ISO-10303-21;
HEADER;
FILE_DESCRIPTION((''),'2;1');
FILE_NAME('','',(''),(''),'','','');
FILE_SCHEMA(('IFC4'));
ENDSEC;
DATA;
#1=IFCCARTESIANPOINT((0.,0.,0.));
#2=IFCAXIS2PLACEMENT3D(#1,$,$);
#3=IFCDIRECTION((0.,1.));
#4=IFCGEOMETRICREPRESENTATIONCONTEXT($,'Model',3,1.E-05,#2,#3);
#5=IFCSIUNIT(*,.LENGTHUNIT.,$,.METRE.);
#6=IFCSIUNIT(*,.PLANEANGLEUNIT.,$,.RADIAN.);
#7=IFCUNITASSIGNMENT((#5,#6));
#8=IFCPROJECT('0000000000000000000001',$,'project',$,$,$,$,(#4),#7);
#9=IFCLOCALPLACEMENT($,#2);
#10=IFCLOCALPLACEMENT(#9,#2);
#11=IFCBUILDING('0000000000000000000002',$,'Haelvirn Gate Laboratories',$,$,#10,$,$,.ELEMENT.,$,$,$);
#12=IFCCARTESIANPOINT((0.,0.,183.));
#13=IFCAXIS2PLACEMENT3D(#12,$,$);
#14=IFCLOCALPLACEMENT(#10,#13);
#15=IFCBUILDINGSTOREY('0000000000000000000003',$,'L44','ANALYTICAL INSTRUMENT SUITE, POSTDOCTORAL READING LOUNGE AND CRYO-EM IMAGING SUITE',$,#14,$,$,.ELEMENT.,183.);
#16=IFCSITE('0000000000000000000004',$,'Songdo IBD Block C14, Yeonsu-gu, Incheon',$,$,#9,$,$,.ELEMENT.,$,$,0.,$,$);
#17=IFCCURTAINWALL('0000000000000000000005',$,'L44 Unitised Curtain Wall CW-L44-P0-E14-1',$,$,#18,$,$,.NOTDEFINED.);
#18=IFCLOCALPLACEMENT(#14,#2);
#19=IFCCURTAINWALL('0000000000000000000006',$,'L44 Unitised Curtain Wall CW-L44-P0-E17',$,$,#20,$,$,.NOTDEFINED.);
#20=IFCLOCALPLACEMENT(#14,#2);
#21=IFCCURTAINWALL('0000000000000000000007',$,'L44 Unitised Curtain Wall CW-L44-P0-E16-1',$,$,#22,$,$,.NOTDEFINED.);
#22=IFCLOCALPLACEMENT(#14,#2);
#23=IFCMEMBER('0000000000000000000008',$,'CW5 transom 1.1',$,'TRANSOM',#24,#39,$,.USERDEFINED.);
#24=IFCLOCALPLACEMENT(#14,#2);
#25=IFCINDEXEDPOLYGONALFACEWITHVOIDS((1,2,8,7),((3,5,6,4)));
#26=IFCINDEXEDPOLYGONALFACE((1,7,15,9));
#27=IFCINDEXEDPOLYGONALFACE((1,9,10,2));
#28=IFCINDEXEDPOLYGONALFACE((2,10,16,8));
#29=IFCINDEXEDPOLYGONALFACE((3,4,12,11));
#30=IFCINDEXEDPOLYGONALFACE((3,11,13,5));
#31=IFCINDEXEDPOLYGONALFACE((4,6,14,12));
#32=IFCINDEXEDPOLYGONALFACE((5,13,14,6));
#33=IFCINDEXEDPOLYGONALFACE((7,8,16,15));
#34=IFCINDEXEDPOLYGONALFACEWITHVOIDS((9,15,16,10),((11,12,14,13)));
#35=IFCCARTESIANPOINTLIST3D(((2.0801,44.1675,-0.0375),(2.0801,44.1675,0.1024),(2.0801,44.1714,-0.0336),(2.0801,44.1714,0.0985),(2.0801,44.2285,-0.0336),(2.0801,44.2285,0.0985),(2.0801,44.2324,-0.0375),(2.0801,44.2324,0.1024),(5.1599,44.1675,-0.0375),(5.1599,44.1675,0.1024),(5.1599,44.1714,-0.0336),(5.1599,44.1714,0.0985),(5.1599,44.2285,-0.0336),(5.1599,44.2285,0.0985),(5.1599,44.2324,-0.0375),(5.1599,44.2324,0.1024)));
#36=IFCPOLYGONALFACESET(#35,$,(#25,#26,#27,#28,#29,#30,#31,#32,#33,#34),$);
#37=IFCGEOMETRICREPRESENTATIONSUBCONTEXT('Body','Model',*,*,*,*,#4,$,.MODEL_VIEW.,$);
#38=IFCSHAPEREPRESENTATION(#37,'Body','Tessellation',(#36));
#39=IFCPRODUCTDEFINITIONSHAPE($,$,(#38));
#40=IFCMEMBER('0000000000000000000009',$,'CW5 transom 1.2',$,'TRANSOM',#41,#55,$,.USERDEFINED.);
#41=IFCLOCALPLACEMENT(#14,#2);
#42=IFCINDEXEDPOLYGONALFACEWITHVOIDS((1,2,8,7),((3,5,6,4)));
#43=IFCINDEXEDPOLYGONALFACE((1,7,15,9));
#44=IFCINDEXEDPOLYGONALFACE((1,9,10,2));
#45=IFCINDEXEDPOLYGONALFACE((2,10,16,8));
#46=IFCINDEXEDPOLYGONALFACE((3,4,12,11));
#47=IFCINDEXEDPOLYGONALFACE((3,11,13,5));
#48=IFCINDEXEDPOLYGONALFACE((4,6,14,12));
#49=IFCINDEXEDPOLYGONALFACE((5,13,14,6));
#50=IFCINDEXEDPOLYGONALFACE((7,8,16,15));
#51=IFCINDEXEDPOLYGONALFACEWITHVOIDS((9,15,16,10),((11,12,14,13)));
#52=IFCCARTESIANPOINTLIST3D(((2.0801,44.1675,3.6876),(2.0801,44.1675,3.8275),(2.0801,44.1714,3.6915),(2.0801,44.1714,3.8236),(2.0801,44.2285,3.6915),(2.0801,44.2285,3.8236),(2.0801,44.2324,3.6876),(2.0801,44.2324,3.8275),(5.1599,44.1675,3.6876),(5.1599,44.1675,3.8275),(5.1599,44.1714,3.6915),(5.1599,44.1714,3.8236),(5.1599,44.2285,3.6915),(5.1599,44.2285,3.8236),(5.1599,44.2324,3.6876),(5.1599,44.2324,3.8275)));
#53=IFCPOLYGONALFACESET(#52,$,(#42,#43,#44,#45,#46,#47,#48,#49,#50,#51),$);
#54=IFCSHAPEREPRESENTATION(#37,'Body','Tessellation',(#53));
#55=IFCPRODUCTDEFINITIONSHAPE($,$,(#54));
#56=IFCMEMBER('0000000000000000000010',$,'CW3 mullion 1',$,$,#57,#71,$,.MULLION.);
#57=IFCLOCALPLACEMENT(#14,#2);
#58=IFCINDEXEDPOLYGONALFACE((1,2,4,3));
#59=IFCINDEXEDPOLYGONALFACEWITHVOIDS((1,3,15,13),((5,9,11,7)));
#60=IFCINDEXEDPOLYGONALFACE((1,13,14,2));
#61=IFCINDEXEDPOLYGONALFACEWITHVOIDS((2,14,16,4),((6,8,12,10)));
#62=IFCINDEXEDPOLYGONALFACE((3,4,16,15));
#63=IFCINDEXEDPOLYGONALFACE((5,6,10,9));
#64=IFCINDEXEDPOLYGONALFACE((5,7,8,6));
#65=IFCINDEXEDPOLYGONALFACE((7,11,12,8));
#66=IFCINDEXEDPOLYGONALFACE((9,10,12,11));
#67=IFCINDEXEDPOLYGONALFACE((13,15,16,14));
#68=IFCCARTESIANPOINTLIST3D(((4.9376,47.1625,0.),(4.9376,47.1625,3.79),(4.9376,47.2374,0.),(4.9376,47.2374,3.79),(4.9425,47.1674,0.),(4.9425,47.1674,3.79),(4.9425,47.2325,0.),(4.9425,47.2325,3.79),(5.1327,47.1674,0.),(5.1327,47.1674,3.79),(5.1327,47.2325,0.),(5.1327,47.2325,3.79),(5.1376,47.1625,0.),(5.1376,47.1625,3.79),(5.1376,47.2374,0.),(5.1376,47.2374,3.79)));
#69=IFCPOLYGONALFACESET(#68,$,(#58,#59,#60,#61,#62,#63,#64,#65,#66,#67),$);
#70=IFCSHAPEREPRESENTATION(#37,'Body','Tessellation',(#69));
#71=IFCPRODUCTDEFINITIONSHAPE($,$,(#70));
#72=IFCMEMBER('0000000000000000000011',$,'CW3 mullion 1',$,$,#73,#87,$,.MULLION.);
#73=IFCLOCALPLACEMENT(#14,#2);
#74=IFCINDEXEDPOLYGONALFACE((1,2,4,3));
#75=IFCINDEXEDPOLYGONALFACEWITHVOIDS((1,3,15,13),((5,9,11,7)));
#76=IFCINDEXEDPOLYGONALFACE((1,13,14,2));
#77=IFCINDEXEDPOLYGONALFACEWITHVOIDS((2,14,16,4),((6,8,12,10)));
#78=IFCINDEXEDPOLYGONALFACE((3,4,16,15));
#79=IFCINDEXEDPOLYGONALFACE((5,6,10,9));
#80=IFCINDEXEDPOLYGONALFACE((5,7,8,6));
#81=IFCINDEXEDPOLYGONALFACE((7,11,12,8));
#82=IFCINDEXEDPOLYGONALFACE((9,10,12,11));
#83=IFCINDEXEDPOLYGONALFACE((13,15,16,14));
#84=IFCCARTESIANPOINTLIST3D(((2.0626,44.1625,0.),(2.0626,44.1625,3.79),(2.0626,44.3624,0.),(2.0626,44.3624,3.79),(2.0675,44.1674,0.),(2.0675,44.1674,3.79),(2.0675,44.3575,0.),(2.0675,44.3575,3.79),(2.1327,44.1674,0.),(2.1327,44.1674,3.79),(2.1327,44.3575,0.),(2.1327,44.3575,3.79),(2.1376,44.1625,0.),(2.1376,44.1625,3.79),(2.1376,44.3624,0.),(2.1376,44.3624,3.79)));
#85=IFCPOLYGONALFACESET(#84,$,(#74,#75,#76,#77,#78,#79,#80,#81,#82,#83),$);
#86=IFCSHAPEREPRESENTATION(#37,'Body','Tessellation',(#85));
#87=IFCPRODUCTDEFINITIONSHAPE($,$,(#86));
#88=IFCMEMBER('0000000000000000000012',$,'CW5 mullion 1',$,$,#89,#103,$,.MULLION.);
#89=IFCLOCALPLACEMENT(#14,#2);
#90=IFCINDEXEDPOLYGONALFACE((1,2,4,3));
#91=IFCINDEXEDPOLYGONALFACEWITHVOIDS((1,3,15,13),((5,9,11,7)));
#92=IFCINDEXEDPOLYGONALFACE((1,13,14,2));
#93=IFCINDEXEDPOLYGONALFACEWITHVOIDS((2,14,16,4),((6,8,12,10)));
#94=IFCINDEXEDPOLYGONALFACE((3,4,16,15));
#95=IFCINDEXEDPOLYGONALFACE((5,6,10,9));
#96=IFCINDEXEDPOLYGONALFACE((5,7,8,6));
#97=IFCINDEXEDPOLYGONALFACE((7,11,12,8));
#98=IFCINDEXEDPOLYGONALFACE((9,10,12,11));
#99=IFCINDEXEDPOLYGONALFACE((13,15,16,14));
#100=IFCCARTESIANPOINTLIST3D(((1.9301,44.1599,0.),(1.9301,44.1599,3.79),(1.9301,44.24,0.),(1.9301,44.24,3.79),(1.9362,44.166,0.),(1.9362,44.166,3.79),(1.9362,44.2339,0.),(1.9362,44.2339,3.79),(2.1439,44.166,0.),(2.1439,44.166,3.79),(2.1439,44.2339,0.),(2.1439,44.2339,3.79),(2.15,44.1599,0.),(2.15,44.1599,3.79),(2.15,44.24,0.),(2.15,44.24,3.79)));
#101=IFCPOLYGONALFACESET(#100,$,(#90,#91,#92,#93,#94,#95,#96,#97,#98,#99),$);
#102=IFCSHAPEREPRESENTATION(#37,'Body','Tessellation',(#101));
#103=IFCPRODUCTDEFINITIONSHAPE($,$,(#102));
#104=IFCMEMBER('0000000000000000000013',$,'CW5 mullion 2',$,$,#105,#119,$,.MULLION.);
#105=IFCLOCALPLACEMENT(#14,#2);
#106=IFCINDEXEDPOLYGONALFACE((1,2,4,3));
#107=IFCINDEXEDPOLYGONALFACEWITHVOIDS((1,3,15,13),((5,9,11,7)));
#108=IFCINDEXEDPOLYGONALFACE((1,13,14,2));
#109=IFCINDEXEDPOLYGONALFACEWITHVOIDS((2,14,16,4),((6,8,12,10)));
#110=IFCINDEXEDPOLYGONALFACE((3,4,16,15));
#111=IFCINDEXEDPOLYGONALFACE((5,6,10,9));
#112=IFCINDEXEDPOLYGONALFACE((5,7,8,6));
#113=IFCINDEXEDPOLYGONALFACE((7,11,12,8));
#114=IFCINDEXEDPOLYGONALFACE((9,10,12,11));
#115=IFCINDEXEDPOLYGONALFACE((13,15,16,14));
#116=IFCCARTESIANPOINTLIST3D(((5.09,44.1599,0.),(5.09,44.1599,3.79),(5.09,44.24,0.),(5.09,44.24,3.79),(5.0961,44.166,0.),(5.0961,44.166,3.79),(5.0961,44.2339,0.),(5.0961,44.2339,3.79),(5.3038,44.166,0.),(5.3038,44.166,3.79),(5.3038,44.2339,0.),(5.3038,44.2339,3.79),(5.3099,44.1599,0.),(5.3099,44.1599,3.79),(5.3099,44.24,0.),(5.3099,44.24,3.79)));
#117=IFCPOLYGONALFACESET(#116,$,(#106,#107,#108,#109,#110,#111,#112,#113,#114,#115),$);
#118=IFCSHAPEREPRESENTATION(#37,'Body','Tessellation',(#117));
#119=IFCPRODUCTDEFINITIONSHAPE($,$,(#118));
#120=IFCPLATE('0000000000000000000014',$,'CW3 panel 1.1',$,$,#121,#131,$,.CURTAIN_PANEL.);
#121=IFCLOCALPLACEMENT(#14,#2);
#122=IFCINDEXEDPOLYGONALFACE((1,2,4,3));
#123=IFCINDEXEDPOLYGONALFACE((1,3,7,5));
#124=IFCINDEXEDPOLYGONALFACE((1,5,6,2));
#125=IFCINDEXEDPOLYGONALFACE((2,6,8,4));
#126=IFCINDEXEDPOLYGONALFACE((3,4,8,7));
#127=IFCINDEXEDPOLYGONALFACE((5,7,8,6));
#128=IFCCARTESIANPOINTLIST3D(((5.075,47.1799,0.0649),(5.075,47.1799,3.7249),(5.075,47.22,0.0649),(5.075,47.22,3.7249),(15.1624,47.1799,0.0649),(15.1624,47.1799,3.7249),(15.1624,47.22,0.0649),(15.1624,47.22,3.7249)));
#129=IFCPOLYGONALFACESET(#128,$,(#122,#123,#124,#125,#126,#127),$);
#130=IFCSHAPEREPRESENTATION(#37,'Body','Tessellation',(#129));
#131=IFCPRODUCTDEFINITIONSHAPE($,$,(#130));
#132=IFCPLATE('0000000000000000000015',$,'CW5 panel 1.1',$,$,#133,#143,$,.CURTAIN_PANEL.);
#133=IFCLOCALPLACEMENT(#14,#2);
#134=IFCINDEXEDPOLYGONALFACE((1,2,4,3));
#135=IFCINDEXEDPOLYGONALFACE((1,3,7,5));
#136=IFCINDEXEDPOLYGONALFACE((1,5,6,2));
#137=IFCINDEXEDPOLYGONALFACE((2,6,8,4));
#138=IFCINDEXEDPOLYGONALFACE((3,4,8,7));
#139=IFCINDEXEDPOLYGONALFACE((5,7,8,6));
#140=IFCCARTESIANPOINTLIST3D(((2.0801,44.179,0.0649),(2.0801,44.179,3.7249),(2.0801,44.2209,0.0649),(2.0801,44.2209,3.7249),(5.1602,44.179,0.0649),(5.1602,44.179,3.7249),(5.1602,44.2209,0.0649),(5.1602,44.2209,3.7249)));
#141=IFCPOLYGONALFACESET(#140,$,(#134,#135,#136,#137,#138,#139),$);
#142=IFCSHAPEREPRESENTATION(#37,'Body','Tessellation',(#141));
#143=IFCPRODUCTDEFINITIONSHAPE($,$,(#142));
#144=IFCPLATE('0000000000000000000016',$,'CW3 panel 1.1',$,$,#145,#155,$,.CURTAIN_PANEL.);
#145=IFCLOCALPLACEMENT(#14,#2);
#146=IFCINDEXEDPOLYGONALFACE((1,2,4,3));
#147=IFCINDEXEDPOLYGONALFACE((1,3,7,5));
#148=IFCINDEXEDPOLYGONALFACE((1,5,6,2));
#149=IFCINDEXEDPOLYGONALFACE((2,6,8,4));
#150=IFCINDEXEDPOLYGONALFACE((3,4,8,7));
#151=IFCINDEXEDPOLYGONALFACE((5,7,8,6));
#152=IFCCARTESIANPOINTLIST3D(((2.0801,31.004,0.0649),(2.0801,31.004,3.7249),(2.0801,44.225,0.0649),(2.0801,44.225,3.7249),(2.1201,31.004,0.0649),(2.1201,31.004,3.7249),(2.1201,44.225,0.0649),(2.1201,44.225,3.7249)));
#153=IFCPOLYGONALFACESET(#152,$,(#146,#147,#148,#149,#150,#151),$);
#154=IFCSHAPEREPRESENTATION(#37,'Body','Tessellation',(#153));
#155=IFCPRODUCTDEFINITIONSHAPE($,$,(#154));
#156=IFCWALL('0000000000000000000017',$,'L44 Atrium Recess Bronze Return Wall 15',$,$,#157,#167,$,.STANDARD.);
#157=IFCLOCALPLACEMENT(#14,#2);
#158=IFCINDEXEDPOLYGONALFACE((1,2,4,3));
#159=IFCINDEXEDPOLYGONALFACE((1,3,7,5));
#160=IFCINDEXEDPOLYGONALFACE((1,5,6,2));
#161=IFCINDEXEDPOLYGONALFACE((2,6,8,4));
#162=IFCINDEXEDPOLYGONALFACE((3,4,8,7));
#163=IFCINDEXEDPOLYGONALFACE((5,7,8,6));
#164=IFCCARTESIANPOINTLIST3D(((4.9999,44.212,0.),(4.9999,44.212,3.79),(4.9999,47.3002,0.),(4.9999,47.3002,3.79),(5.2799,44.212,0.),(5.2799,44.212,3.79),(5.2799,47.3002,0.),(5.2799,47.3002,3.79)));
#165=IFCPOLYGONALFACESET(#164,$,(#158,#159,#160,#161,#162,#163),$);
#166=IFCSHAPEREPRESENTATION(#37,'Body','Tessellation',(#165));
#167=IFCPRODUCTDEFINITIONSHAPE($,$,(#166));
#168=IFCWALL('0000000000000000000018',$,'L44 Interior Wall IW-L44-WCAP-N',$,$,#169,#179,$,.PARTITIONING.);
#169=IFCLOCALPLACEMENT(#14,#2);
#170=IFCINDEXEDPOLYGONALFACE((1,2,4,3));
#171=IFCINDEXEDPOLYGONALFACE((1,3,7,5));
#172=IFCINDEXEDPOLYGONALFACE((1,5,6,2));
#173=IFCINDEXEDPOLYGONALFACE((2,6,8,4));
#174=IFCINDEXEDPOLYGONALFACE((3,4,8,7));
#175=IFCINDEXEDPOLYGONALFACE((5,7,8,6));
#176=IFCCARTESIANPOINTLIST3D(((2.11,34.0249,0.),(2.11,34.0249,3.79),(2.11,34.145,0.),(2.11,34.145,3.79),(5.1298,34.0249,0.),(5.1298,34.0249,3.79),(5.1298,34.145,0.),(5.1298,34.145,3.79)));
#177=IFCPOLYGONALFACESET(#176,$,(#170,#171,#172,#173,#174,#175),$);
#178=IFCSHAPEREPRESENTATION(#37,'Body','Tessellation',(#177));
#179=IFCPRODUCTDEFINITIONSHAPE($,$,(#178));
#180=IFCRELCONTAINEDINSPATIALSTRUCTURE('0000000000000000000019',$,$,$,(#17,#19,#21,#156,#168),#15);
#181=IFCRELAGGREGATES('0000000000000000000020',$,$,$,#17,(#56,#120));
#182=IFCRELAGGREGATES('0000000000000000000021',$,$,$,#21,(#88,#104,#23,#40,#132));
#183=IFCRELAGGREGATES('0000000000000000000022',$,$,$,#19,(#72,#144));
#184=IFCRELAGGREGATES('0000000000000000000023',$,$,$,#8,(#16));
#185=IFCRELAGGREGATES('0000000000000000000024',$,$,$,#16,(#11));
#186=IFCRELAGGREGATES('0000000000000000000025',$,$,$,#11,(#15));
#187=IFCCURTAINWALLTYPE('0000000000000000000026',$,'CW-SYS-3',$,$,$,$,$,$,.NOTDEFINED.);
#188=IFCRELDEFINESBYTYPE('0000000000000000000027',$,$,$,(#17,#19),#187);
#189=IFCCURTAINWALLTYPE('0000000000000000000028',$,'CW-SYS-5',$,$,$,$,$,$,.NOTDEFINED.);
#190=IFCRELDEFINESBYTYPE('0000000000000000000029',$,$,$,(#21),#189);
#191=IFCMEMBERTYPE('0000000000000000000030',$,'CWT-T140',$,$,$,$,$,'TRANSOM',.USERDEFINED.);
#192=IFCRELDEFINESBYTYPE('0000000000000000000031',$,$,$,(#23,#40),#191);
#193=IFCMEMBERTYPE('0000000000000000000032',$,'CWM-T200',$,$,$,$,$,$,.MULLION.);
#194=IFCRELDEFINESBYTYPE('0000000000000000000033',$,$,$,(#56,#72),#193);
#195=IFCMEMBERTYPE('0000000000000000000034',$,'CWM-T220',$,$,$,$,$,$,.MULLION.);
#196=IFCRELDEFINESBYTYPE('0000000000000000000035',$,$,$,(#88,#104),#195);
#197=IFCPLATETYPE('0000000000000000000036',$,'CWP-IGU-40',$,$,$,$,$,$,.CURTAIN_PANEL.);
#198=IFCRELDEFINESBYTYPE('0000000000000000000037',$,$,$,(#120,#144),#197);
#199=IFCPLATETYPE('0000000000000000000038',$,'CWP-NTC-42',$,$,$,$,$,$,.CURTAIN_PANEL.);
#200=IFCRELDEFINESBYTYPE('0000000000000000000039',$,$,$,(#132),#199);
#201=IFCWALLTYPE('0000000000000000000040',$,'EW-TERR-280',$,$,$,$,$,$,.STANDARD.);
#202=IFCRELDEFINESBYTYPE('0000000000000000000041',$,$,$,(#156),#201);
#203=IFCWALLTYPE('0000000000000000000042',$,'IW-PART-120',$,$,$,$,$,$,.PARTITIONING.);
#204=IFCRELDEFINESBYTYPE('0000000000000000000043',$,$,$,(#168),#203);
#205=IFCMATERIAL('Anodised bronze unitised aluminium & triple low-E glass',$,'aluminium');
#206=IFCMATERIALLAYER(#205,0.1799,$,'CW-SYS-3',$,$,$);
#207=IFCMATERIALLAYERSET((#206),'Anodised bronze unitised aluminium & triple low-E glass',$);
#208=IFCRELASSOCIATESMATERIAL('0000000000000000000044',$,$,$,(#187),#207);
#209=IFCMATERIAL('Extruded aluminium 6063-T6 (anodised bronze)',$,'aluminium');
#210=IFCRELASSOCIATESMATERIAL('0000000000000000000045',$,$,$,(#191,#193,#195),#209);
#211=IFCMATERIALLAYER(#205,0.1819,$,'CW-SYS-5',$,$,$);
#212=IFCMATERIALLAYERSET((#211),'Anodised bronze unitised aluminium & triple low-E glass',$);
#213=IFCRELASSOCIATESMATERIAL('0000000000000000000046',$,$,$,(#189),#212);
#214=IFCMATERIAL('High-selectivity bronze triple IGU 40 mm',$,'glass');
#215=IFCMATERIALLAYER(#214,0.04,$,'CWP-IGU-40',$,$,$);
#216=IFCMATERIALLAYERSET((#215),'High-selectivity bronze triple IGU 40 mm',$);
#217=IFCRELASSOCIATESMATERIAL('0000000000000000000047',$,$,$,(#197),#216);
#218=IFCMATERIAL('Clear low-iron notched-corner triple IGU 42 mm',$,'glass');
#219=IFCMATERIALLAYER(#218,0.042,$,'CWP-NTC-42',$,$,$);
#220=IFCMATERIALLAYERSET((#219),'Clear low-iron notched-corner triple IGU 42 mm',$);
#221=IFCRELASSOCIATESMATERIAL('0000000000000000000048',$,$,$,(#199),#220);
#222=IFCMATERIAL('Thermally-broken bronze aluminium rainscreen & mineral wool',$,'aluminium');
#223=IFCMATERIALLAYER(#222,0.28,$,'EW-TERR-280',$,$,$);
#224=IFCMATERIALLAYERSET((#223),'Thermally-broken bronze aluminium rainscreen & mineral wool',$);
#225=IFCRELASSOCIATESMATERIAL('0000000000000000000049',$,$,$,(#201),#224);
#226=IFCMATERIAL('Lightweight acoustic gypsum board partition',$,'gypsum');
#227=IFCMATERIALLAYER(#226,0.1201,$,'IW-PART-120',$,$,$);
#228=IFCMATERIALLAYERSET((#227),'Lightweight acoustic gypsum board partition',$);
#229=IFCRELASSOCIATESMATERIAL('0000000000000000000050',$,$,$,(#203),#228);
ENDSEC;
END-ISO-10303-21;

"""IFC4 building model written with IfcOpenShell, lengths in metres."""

from ifc_helpers import new_model, si_unit, direction, frame, frame_2d, origin, origin_2d, place, context, subcontext, project, spatial, rectangle, hollow_rectangle, extrude, source, transform, mapped, material, layer, layer_set, material_profile, profile_set, type_object, type_shapes, element, aggregate, save


model = new_model("IFC4")

# Units and contexts
model_context = context("Model", 3, precision=1e-05, world=origin(), true_north=direction((0.0, 1.0)))
body_context = subcontext(model_context, "Body", "Model", "MODEL_VIEW")
ifc_project = project(units=[si_unit("LENGTHUNIT", "METRE"), si_unit("PLANEANGLEUNIT", "RADIAN")], contexts=[model_context])

# Site, building, storey
site_placement = place(None, origin())
site = spatial("IfcSite", under=ifc_project, at=site_placement, Name="Songdo IBD Block C14, Yeonsu-gu, Incheon", CompositionType="ELEMENT", RefElevation=0.0)
building_placement = place(site_placement, origin())
building = spatial("IfcBuilding", under=site, at=building_placement, Name="Haelvirn Gate Laboratories", CompositionType="ELEMENT")
storey_placement = place(building_placement, frame((0.0, 0.0, 183.0)))
storey = spatial("IfcBuildingStorey", under=building, at=storey_placement, Name="L44", Description="ANALYTICAL INSTRUMENT SUITE, POSTDOCTORAL READING LOUNGE AND CRYO-EM IMAGING SUITE", CompositionType="ELEMENT", Elevation=183.0)

# Curtain walls, members
ifc_material_1 = material(Name="Anodised bronze unitised aluminium & triple low-E glass", Category="aluminium")
ifc_layer_1 = layer(ifc_material_1, 0.1799, Name="CW-SYS-3")
ifc_layer_set_1 = layer_set([ifc_layer_1], Name="Anodised bronze unitised aluminium & triple low-E glass")
curtain_wall_type_1 = type_object("IfcCurtainWallType", Name="CW-SYS-3", PredefinedType="NOTDEFINED", material=ifc_layer_set_1)
curtain_wall_1_placement = place(storey_placement, origin())
curtain_wall_1 = element("IfcCurtainWall", 1, at=curtain_wall_1_placement, inside=storey, type_object=curtain_wall_type_1, Name="L44 Unitised Curtain Wall CW-L44-P0-E14-1", PredefinedType="NOTDEFINED")
ifc_material_2 = material(Name="Extruded aluminium 6063-T6 (anodised bronze)", Category="aluminium")
ifc_material_profile_1 = material_profile(ifc_material_2, hollow_rectangle(XDim=0.0649, YDim=0.1399, WallThickness=0.0039, at=origin_2d()), Name="CWT-140x65x4")
ifc_profile_set_1 = profile_set([ifc_material_profile_1], Name="Extruded aluminium 6063-T6 (anodised bronze)")
member_type_1 = type_object("IfcMemberType", Name="CWT-T140", ElementType="TRANSOM", PredefinedType="USERDEFINED", material=ifc_profile_set_1)
curtain_wall_2_placement = place(storey_placement, origin())
curtain_wall_2 = element("IfcCurtainWall", 2, at=curtain_wall_2_placement, inside=storey, type_object=curtain_wall_type_1, Name="L44 Unitised Curtain Wall CW-L44-P0-E17", PredefinedType="NOTDEFINED")
ifc_layer_2 = layer(ifc_material_1, 0.1819, Name="CW-SYS-5")
ifc_layer_set_2 = layer_set([ifc_layer_2], Name="Anodised bronze unitised aluminium & triple low-E glass")
curtain_wall_type_2 = type_object("IfcCurtainWallType", Name="CW-SYS-5", PredefinedType="NOTDEFINED", material=ifc_layer_set_2)
curtain_wall_3_placement = place(storey_placement, origin())
curtain_wall_3 = element("IfcCurtainWall", 3, at=curtain_wall_3_placement, inside=storey, type_object=curtain_wall_type_2, Name="L44 Unitised Curtain Wall CW-L44-P0-E16-1", PredefinedType="NOTDEFINED")
shared_shape_1 = source(origin(), body_context, "Body", "SweptSolid", [
    extrude(hollow_rectangle(XDim=0.0649, YDim=0.1399, WallThickness=0.0039, at=origin_2d()), origin(), (0.0, 0.0, 1.0), 3.0798),
])
member_1_placement = place(storey_placement, frame((2.0801, 44.2, 0.0325), z_axis=(1.0, 0.0, 0.0), x_axis=(0.0, 1.0, 0.0)))
member_1 = element("IfcMember", 4, at=member_1_placement, type_object=member_type_1, Name="CW5 transom 1.1", ObjectType="TRANSOM", PredefinedType="USERDEFINED", context=body_context, shape_type="MappedRepresentation", body=[
    mapped(shared_shape_1, transform((0.0, 0.0, 0.0), scale=1.0)),
])
member_2_placement = place(storey_placement, frame((2.0801, 44.2, 3.7576), z_axis=(1.0, 0.0, 0.0), x_axis=(0.0, 1.0, 0.0)))
member_2 = element("IfcMember", 5, at=member_2_placement, type_object=member_type_1, Name="CW5 transom 1.2", ObjectType="TRANSOM", PredefinedType="USERDEFINED", context=body_context, shape_type="MappedRepresentation", body=[
    mapped(shared_shape_1, transform((0.0, 0.0, 0.0), scale=1.0)),
])

# Members
ifc_material_profile_2 = material_profile(ifc_material_2, hollow_rectangle(XDim=0.075, YDim=0.2, WallThickness=0.0049, at=origin_2d()), Name="CWM-200x75x5")
ifc_profile_set_2 = profile_set([ifc_material_profile_2], Name="Extruded aluminium 6063-T6 (anodised bronze)")
member_type_2 = type_object("IfcMemberType", Name="CWM-T200", PredefinedType="MULLION", material=ifc_profile_set_2)
shared_shape_2 = source(origin(), body_context, "Body", "SweptSolid", [
    extrude(hollow_rectangle(XDim=0.075, YDim=0.2, WallThickness=0.0049, at=origin_2d()), origin(), (0.0, 0.0, 1.0), 3.79),
])
type_shapes(member_type_2, [shared_shape_2])
member_3_placement = place(storey_placement, frame((5.0376, 47.2, 0.0), z_axis=(0.0, 0.0, 1.0), x_axis=(0.0, 1.0, 0.0)))
member_3 = element("IfcMember", 6, at=member_3_placement, type_object=member_type_2, Name="CW3 mullion 1", PredefinedType="MULLION", context=body_context, shape_type="MappedRepresentation", body=[
    mapped(shared_shape_2, transform((0.0, 0.0, 0.0), scale=1.0)),
])
member_4_placement = place(storey_placement, frame((2.1001, 44.2625, 0.0), z_axis=(0.0, 0.0, 1.0), x_axis=(1.0, 0.0, 0.0)))
member_4 = element("IfcMember", 7, at=member_4_placement, type_object=member_type_2, Name="CW3 mullion 1", PredefinedType="MULLION", context=body_context, shape_type="MappedRepresentation", body=[
    mapped(shared_shape_2, transform((0.0, 0.0, 0.0), scale=1.0)),
])
ifc_material_profile_3 = material_profile(ifc_material_2, hollow_rectangle(XDim=0.0801, YDim=0.22, WallThickness=0.0061, at=origin_2d()), Name="CWM-220x80x6")
ifc_profile_set_3 = profile_set([ifc_material_profile_3], Name="Extruded aluminium 6063-T6 (anodised bronze)")
member_type_3 = type_object("IfcMemberType", Name="CWM-T220", PredefinedType="MULLION", material=ifc_profile_set_3)
shared_shape_3 = source(origin(), body_context, "Body", "SweptSolid", [
    extrude(hollow_rectangle(XDim=0.0801, YDim=0.22, WallThickness=0.0061, at=origin_2d()), origin(), (0.0, 0.0, 1.0), 3.79),
])
type_shapes(member_type_3, [shared_shape_3])
member_5_placement = place(storey_placement, frame((2.04, 44.2, 0.0), z_axis=(0.0, 0.0, 1.0), x_axis=(0.0, 1.0, 0.0)))
member_5 = element("IfcMember", 8, at=member_5_placement, type_object=member_type_3, Name="CW5 mullion 1", PredefinedType="MULLION", context=body_context, shape_type="MappedRepresentation", body=[
    mapped(shared_shape_3, transform((0.0, 0.0, 0.0), scale=1.0)),
])
member_6_placement = place(storey_placement, frame((5.2, 44.2, 0.0), z_axis=(0.0, 0.0, 1.0), x_axis=(0.0, 1.0, 0.0)))
member_6 = element("IfcMember", 9, at=member_6_placement, type_object=member_type_3, Name="CW5 mullion 2", PredefinedType="MULLION", context=body_context, shape_type="MappedRepresentation", body=[
    mapped(shared_shape_3, transform((0.0, 0.0, 0.0), scale=1.0)),
])

# Plates
ifc_material_3 = material(Name="High-selectivity bronze triple IGU 40 mm", Category="glass")
ifc_layer_3 = layer(ifc_material_3, 0.04, Name="CWP-IGU-40")
ifc_layer_set_3 = layer_set([ifc_layer_3], Name="High-selectivity bronze triple IGU 40 mm")
plate_type_1 = type_object("IfcPlateType", Name="CWP-IGU-40", PredefinedType="CURTAIN_PANEL", material=ifc_layer_set_3)
shared_shape_4 = source(origin(), body_context, "Body", "SweptSolid", [
    extrude(rectangle(XDim=10.0874, YDim=0.04, at=origin_2d()), origin(), (0.0, 0.0, 1.0), 3.6599),
])
plate_1_placement = place(storey_placement, frame((10.1187, 47.2, 0.0649), z_axis=(0.0, 0.0, 1.0), x_axis=(1.0, 0.0, 0.0)))
plate_1 = element("IfcPlate", 10, at=plate_1_placement, type_object=plate_type_1, Name="CW3 panel 1.1", PredefinedType="CURTAIN_PANEL", context=body_context, shape_type="MappedRepresentation", body=[
    mapped(shared_shape_4, transform((0.0, 0.0, 0.0), scale=1.0)),
])
aggregate(curtain_wall_1, [member_3, plate_1])
ifc_material_4 = material(Name="Clear low-iron notched-corner triple IGU 42 mm", Category="glass")
ifc_layer_4 = layer(ifc_material_4, 0.042, Name="CWP-NTC-42")
ifc_layer_set_4 = layer_set([ifc_layer_4], Name="Clear low-iron notched-corner triple IGU 42 mm")
plate_type_2 = type_object("IfcPlateType", Name="CWP-NTC-42", PredefinedType="CURTAIN_PANEL", material=ifc_layer_set_4)
shared_shape_5 = source(origin(), body_context, "Body", "SweptSolid", [
    extrude(rectangle(XDim=3.0801, YDim=0.042, at=origin_2d()), origin(), (0.0, 0.0, 1.0), 3.6599),
])
type_shapes(plate_type_2, [shared_shape_5])
plate_2_placement = place(storey_placement, frame((3.6201, 44.2, 0.0649), z_axis=(0.0, 0.0, 1.0), x_axis=(1.0, 0.0, 0.0)))
plate_2 = element("IfcPlate", 11, at=plate_2_placement, type_object=plate_type_2, Name="CW5 panel 1.1", PredefinedType="CURTAIN_PANEL", context=body_context, shape_type="MappedRepresentation", body=[
    mapped(shared_shape_5, transform((0.0, 0.0, 0.0), scale=1.0)),
])
aggregate(curtain_wall_3, [member_5, member_6, member_1, member_2, plate_2])
shared_shape_6 = source(origin(), body_context, "Body", "SweptSolid", [
    extrude(rectangle(XDim=13.2209, YDim=0.04, at=origin_2d()), origin(), (0.0, 0.0, 1.0), 3.6599),
])
type_shapes(plate_type_1, [shared_shape_4, shared_shape_6])
plate_3_placement = place(storey_placement, frame((2.1001, 37.6145, 0.0649), z_axis=(0.0, 0.0, 1.0), x_axis=(0.0, -1.0, 0.0)))
plate_3 = element("IfcPlate", 12, at=plate_3_placement, type_object=plate_type_1, Name="CW3 panel 1.1", PredefinedType="CURTAIN_PANEL", context=body_context, shape_type="MappedRepresentation", body=[
    mapped(shared_shape_6, transform((0.0, 0.0, 0.0), scale=1.0)),
])
aggregate(curtain_wall_2, [member_4, plate_3])

# Walls
ifc_material_5 = material(Name="Thermally-broken bronze aluminium rainscreen & mineral wool", Category="aluminium")
ifc_layer_5 = layer(ifc_material_5, 0.28, Name="EW-TERR-280")
ifc_layer_set_5 = layer_set([ifc_layer_5], Name="Thermally-broken bronze aluminium rainscreen & mineral wool")
wall_type_1 = type_object("IfcWallType", Name="EW-TERR-280", PredefinedType="STANDARD", material=ifc_layer_set_5)
wall_1_placement = place(storey_placement, frame((5.1399, 47.3, 0.0), z_axis=(0.0, 0.0, 1.0), x_axis=(0.0, -1.0, 0.0)))
element("IfcWall", 13, at=wall_1_placement, inside=storey, type_object=wall_type_1, Name="L44 Atrium Recess Bronze Return Wall 15", PredefinedType="STANDARD", context=body_context, shape_type="SweptSolid", body=[
    extrude(rectangle(XDim=3.0881, YDim=0.28, at=frame_2d((1.5439, 0.0))), origin(), (0.0, 0.0, 1.0), 3.79),
])
ifc_material_6 = material(Name="Lightweight acoustic gypsum board partition", Category="gypsum")
ifc_layer_6 = layer(ifc_material_6, 0.1201, Name="IW-PART-120")
ifc_layer_set_6 = layer_set([ifc_layer_6], Name="Lightweight acoustic gypsum board partition")
wall_type_2 = type_object("IfcWallType", Name="IW-PART-120", PredefinedType="PARTITIONING", material=ifc_layer_set_6)
wall_2_placement = place(storey_placement, frame((2.1101, 34.085, 0.0), z_axis=(0.0, 0.0, 1.0), x_axis=(1.0, 0.0, 0.0)))
element("IfcWall", 14, at=wall_2_placement, inside=storey, type_object=wall_type_2, Name="L44 Interior Wall IW-L44-WCAP-N", PredefinedType="PARTITIONING", context=body_context, shape_type="SweptSolid", body=[
    extrude(rectangle(XDim=3.0198, YDim=0.1201, at=frame_2d((1.5098, 0.0))), origin(), (0.0, 0.0, 1.0), 3.79),
])

save(model, "model.ifc")
